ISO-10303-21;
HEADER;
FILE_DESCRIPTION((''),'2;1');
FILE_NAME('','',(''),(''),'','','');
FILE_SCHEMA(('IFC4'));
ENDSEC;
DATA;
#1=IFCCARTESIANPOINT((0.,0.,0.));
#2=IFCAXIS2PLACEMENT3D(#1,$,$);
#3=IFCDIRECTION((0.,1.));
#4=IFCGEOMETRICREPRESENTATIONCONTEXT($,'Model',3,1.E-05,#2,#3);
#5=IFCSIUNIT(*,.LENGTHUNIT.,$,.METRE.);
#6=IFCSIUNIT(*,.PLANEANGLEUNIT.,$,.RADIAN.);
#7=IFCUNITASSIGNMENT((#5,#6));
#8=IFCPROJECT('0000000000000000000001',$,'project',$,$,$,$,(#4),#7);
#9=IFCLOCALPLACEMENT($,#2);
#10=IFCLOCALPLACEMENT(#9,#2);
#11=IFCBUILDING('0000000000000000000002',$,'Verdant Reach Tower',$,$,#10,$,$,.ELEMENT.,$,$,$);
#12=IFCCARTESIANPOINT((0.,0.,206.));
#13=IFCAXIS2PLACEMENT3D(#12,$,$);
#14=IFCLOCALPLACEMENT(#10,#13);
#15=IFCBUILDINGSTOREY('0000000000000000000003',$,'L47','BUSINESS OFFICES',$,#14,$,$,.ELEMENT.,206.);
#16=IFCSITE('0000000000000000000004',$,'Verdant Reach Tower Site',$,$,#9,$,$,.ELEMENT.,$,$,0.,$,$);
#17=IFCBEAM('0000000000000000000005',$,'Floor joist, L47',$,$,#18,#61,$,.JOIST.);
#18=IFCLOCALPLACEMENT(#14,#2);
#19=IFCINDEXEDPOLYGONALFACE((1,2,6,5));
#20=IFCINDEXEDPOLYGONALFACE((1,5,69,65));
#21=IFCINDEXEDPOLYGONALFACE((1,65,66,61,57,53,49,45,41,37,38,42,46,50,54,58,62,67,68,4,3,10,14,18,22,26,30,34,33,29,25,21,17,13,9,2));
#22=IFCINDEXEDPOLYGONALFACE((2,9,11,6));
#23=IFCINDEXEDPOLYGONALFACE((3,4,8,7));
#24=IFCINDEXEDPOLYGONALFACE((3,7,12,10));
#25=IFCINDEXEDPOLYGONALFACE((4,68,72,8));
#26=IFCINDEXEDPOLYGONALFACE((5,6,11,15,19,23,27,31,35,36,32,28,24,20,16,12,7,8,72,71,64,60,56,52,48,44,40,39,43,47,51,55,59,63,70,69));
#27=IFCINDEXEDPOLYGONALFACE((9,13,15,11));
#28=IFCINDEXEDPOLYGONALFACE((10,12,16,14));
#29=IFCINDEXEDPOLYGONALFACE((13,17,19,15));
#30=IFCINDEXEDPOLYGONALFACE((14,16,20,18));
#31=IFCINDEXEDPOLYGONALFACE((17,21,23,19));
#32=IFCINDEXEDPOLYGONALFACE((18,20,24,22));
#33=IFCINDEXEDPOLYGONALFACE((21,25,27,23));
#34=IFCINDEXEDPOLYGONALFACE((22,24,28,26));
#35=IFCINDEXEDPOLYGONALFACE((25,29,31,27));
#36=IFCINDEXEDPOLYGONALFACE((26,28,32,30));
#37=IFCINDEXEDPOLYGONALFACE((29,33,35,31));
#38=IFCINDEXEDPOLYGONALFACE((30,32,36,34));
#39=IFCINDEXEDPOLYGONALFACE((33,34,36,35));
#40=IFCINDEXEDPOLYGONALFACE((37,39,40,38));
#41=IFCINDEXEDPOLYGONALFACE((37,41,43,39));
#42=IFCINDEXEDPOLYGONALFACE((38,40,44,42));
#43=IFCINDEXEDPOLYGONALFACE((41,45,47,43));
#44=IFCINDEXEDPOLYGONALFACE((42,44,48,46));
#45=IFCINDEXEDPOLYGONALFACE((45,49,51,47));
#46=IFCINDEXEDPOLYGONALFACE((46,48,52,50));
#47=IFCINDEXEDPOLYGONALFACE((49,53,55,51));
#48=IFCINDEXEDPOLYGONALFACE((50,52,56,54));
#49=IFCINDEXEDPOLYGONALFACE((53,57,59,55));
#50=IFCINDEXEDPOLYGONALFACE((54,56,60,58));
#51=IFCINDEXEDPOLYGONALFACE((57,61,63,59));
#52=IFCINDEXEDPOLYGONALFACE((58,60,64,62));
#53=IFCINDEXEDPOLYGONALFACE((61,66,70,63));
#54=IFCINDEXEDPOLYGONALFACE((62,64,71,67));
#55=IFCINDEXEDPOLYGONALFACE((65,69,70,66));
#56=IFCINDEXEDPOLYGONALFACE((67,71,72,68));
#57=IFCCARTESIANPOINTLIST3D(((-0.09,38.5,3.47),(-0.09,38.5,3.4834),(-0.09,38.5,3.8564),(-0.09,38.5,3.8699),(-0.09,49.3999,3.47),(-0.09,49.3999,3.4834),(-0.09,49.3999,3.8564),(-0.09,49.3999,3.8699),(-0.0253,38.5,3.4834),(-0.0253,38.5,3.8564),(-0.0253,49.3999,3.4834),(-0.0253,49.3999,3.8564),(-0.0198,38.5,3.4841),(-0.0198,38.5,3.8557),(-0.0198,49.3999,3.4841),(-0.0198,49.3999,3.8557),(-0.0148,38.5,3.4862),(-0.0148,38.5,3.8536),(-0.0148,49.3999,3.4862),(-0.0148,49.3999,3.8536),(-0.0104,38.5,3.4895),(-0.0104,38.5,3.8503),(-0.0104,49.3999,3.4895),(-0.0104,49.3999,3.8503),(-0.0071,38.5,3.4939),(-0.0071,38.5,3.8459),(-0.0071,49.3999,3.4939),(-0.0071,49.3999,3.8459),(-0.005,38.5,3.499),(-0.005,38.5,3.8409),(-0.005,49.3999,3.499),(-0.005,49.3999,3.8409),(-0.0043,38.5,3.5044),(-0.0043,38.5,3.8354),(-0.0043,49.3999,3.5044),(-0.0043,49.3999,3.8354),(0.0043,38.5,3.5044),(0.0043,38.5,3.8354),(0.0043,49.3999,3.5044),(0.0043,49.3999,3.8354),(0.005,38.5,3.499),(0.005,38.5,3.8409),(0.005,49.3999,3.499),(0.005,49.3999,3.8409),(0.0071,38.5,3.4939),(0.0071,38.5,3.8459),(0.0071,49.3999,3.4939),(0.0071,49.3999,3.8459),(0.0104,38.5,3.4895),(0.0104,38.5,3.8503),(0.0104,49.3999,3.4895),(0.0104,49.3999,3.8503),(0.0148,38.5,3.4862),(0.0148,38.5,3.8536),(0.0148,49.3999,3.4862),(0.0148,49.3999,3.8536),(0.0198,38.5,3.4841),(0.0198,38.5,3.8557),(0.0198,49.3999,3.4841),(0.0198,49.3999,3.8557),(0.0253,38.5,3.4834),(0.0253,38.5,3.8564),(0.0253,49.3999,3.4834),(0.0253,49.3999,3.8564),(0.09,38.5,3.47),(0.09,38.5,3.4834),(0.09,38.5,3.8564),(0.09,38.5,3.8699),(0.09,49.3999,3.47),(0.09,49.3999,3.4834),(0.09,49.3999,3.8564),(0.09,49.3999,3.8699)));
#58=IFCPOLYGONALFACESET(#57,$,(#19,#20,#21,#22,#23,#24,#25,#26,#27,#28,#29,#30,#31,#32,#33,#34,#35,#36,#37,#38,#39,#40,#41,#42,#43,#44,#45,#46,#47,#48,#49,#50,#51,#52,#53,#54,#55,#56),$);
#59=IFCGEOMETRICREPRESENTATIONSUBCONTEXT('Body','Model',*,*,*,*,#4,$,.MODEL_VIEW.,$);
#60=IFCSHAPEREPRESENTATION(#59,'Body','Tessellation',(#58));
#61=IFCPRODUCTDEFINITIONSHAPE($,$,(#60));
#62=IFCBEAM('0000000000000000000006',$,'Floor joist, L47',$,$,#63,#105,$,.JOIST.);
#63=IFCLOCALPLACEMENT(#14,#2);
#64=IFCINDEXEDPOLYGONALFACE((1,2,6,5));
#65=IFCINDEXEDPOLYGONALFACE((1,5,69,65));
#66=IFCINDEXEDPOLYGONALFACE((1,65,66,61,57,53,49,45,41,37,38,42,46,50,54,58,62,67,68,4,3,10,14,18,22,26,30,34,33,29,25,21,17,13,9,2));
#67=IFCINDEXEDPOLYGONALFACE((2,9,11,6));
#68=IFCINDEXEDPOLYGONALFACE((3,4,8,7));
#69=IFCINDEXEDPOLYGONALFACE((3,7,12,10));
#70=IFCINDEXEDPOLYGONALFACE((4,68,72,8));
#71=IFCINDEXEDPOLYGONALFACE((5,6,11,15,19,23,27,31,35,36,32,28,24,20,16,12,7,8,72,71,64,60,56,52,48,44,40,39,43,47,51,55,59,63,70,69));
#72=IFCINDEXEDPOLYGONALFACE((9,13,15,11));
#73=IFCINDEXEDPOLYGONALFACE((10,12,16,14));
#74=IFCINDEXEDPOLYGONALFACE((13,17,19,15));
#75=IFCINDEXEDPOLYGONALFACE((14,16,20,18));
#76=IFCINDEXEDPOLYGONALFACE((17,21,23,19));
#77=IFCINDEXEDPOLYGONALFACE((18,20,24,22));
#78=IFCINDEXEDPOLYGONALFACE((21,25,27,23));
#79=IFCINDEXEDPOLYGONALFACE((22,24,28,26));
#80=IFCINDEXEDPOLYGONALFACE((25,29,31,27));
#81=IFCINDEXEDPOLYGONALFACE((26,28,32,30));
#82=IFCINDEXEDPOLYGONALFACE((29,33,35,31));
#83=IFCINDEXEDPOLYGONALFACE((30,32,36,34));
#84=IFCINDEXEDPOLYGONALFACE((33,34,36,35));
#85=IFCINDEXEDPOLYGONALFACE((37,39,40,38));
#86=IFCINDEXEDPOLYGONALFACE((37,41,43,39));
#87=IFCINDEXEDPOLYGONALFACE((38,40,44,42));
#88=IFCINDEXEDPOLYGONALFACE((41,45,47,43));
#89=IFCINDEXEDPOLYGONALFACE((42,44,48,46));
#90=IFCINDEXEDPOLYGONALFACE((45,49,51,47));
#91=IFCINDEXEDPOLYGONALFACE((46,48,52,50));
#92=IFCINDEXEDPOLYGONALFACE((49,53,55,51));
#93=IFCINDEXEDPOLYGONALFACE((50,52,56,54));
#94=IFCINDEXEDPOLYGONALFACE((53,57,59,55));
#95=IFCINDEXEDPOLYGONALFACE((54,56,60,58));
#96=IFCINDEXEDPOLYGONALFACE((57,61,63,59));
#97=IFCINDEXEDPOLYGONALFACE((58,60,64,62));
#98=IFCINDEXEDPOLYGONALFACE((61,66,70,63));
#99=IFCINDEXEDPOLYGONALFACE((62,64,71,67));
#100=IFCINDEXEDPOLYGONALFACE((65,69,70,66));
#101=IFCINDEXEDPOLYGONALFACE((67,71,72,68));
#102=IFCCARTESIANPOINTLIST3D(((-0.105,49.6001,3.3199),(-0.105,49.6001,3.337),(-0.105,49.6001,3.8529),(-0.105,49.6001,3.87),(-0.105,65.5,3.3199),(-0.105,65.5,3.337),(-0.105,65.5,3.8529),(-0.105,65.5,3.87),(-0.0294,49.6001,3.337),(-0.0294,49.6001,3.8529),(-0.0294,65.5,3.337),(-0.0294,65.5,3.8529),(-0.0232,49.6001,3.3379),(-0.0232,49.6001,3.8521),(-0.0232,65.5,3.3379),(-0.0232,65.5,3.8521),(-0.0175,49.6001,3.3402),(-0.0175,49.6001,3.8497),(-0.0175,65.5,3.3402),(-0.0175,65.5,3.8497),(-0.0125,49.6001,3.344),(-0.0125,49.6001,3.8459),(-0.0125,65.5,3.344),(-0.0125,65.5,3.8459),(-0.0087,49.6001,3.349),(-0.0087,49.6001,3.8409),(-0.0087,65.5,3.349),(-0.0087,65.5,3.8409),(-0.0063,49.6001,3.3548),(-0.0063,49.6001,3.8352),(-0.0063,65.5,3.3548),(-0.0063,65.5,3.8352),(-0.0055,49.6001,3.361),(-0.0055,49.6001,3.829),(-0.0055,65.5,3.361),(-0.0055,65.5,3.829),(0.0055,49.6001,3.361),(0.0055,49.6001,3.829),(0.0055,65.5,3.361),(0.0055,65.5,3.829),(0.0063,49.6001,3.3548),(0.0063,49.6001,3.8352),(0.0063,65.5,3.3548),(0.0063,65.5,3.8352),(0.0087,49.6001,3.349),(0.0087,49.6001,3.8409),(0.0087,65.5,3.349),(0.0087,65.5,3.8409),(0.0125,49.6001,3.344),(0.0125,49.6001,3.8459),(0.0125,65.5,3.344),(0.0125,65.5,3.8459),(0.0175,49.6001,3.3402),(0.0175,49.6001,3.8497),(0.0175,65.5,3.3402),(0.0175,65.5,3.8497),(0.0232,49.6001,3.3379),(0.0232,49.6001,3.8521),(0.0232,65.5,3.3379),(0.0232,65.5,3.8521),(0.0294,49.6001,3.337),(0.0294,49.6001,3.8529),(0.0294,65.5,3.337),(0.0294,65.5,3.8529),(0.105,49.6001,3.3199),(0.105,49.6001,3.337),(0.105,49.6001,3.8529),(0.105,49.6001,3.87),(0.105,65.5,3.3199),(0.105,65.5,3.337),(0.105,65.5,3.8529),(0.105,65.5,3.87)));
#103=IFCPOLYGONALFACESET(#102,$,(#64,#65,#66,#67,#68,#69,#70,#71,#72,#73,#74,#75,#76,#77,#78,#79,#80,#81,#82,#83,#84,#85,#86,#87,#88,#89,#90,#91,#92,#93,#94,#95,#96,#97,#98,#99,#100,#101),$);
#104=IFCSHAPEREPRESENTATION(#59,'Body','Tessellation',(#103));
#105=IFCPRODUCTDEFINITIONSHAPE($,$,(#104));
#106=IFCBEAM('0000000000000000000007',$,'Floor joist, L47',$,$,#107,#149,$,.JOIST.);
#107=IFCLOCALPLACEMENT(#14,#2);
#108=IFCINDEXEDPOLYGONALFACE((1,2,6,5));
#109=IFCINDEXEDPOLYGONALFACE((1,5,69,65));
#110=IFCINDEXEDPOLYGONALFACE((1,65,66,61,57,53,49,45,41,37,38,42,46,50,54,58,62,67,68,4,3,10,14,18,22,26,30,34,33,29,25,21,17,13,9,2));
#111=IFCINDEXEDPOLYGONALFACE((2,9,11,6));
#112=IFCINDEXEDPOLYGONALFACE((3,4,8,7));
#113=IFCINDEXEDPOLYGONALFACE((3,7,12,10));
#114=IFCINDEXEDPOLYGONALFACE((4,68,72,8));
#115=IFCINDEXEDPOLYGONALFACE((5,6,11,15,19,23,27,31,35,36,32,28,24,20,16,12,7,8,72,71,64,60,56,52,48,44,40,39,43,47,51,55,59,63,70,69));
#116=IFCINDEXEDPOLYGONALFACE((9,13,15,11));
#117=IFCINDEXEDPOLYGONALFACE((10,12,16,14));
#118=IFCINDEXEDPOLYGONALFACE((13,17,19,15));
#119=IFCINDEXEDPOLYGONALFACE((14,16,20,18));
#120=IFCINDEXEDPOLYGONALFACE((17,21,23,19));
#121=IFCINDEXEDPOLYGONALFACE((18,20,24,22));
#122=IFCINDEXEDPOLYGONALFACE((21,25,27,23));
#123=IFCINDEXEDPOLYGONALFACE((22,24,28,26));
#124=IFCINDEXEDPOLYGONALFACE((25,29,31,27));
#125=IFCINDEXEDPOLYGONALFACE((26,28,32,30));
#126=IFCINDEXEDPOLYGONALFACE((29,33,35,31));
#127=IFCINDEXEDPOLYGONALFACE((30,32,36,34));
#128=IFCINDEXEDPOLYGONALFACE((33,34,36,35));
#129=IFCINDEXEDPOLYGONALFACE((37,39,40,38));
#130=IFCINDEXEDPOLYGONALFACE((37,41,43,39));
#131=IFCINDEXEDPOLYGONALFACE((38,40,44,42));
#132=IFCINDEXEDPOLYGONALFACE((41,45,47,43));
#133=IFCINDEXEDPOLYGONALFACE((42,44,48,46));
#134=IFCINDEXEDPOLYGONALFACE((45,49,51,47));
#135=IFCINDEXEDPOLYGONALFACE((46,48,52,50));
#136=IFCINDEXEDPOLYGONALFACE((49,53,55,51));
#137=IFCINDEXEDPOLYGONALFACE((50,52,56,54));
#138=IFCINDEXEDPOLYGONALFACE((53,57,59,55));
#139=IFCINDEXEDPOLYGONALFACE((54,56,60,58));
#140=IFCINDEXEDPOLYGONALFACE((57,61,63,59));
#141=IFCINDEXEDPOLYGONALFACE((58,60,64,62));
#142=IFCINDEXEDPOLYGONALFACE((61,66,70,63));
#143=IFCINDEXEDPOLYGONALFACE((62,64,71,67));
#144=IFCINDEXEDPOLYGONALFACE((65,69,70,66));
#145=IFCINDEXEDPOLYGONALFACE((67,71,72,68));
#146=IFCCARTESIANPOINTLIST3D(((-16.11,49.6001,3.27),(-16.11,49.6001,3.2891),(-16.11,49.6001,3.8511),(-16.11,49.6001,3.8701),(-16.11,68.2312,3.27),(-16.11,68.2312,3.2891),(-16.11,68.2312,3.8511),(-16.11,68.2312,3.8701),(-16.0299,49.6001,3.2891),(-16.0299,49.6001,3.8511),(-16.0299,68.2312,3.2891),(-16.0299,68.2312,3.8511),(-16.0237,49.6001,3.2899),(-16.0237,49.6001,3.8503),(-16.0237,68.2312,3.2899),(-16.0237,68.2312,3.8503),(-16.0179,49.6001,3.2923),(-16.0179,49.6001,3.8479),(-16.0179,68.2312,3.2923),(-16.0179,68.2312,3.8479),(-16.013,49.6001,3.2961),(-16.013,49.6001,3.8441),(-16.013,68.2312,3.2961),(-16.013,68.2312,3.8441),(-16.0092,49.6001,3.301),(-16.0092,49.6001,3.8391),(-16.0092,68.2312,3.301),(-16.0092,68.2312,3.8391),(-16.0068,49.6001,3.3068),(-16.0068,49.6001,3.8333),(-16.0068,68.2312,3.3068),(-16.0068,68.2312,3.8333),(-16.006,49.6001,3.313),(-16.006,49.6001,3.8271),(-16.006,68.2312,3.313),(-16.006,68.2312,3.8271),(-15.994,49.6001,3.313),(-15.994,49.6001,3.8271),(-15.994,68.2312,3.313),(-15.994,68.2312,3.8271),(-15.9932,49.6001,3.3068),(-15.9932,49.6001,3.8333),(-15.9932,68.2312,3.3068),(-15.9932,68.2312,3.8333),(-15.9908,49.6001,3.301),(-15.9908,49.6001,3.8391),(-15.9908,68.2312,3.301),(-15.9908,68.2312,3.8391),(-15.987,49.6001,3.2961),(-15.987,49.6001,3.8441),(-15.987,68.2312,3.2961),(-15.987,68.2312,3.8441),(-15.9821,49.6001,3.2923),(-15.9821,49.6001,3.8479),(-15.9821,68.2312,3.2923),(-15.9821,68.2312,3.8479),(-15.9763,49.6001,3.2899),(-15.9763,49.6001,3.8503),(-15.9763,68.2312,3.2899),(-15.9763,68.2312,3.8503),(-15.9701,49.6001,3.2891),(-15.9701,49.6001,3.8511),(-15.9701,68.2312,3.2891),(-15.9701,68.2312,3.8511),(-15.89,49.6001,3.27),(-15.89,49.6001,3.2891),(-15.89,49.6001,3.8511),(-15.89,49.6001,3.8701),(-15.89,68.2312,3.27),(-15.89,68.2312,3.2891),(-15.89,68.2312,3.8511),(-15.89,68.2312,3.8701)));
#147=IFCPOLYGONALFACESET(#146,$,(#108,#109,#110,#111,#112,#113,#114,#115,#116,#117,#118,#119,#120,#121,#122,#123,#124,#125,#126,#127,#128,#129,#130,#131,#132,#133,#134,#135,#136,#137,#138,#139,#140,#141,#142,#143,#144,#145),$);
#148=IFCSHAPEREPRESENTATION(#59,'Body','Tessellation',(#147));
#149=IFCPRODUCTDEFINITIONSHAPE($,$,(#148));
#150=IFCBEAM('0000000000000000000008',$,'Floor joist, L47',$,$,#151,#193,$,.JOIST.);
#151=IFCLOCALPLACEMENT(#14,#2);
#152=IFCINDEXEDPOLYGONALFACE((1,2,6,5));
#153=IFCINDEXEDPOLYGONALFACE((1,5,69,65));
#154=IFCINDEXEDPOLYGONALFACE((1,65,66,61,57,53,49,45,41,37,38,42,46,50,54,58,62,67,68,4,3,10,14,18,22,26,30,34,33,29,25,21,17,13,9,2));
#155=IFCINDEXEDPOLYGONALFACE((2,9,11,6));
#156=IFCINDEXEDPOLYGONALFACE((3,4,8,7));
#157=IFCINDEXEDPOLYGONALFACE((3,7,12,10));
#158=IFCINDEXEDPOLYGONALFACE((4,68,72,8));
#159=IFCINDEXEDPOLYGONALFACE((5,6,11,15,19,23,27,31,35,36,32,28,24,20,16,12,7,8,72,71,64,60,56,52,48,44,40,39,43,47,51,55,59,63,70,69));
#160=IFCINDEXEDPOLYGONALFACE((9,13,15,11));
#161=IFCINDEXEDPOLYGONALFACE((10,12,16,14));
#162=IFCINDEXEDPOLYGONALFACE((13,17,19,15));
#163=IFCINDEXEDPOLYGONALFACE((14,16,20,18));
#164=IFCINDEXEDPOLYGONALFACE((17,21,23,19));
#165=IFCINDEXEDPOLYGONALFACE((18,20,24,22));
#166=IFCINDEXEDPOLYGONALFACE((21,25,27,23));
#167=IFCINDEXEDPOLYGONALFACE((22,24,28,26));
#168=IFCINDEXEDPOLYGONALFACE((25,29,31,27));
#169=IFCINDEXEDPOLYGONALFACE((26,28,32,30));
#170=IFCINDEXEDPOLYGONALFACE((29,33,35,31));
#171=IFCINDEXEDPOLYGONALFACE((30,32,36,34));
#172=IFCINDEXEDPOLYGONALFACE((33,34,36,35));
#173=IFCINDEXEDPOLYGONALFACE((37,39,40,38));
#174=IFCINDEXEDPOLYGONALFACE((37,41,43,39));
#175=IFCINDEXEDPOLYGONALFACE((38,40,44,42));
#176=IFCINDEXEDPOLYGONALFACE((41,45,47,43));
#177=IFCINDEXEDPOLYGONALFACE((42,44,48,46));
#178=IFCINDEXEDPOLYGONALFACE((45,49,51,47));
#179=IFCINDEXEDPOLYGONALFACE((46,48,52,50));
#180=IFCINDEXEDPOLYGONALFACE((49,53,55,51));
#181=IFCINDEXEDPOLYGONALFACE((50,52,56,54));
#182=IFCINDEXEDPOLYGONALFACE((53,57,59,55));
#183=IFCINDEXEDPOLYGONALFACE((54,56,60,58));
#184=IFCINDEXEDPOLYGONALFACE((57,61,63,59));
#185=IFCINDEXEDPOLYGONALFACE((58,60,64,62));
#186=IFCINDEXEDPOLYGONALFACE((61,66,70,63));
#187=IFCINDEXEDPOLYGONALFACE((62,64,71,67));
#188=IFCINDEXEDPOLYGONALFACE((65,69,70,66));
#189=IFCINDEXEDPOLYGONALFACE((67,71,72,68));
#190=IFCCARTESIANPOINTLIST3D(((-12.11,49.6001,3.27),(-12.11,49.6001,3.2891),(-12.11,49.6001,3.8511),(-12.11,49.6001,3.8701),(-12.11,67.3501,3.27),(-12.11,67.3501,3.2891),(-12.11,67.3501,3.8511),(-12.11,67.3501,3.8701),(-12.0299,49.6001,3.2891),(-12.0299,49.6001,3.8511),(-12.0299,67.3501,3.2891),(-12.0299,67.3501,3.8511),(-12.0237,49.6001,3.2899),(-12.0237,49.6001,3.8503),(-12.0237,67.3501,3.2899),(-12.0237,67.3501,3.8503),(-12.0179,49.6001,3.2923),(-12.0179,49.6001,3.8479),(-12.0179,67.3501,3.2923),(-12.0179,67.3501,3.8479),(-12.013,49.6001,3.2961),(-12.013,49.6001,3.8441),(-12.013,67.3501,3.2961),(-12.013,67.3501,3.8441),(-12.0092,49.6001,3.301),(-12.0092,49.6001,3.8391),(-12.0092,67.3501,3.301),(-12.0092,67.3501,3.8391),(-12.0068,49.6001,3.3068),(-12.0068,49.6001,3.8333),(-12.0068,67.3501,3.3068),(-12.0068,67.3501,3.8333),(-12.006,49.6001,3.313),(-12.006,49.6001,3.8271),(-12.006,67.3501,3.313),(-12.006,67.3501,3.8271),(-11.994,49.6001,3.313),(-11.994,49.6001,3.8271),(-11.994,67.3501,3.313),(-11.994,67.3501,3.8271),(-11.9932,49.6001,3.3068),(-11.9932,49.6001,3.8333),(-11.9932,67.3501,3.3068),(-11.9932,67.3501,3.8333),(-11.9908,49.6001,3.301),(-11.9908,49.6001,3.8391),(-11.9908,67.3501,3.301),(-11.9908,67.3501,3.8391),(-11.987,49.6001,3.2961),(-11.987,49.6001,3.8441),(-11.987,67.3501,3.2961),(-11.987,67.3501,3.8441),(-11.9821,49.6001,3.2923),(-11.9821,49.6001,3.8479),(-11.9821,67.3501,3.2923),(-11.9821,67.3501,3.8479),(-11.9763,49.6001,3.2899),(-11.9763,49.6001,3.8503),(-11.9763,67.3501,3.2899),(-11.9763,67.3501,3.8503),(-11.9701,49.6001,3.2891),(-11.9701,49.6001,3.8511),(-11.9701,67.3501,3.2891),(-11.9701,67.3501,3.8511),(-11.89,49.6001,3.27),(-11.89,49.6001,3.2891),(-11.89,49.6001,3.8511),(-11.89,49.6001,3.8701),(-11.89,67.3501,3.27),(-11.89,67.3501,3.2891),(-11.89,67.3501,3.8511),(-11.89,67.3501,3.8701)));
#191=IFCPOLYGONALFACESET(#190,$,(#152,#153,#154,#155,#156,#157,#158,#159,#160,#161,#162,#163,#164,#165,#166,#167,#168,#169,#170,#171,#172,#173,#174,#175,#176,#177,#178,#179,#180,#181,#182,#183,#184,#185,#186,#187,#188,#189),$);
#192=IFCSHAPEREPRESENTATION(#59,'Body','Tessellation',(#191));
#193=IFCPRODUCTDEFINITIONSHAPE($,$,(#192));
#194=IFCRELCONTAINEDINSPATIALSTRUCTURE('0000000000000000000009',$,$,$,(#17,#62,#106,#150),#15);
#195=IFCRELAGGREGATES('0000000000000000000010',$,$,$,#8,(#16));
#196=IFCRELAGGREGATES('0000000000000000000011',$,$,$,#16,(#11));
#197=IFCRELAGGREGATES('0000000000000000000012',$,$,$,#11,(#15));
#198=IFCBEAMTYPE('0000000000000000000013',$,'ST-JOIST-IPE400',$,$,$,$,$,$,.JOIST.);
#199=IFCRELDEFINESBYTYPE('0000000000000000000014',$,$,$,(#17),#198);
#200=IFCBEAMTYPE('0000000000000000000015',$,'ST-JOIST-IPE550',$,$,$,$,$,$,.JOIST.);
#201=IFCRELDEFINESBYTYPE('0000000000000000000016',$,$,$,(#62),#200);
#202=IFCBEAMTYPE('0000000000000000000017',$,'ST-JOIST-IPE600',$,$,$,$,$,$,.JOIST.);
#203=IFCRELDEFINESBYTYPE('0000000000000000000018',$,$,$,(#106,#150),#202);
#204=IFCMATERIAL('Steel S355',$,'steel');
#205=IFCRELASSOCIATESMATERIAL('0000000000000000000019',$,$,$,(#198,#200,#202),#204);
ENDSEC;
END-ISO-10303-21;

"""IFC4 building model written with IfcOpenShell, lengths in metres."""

from ifc_helpers import new_model, si_unit, direction, frame, origin, origin_2d, place, context, subcontext, project, spatial, i_section, extrude, material, material_profile, profile_set, type_object, element, save


model = new_model("IFC4")

# Units and contexts
model_context = context("Model", 3, precision=1e-05, world=origin(), true_north=direction((0.0, 1.0)))
body_context = subcontext(model_context, "Body", "Model", "MODEL_VIEW")
ifc_project = project(units=[si_unit("LENGTHUNIT", "METRE"), si_unit("PLANEANGLEUNIT", "RADIAN")], contexts=[model_context])

# Site, building, storey
site_placement = place(None, origin())
site = spatial("IfcSite", under=ifc_project, at=site_placement, Name="Verdant Reach Tower Site", CompositionType="ELEMENT", RefElevation=0.0)
building_placement = place(site_placement, origin())
building = spatial("IfcBuilding", under=site, at=building_placement, Name="Verdant Reach Tower", CompositionType="ELEMENT")
storey_placement = place(building_placement, frame((0.0, 0.0, 206.0)))
storey = spatial("IfcBuildingStorey", under=building, at=storey_placement, Name="L47", Description="BUSINESS OFFICES", CompositionType="ELEMENT", Elevation=206.0)

# Beams
ifc_material_1 = material(Name="Steel S355", Category="steel")
ifc_material_profile_1 = material_profile(ifc_material_1, i_section(OverallWidth=0.1799, OverallDepth=0.3999, WebThickness=0.0085, FlangeThickness=0.0134, FilletRadius=0.021, at=origin_2d()), Name="IPE 400")
ifc_profile_set_1 = profile_set([ifc_material_profile_1], Name="Steel S355")
beam_type_1 = type_object("IfcBeamType", Name="ST-JOIST-IPE400", PredefinedType="JOIST", material=ifc_profile_set_1)
for number, where, z_axis, x_axis, name in (
    (1, (0.0, 38.5, 3.6699), (0.0, 1.0, 0.0), (-1.0, 0.0, 0.0), "Floor joist, L47"),
):
    element("IfcBeam", number, at=place(storey_placement, frame(where, z_axis=z_axis, x_axis=x_axis)), inside=storey, type_object=beam_type_1, Name=name, PredefinedType="JOIST", context=body_context, shape_type="SweptSolid", body=[
        extrude(i_section(OverallWidth=0.1799, OverallDepth=0.3999, WebThickness=0.0085, FlangeThickness=0.0134, FilletRadius=0.021, at=origin_2d()), origin(), (0.0, 0.0, 1.0), 10.8999),
    ])
ifc_material_profile_2 = material_profile(ifc_material_1, i_section(OverallWidth=0.21, OverallDepth=0.55, WebThickness=0.011, FlangeThickness=0.0171, FilletRadius=0.0239, at=origin_2d()), Name="IPE 550")
ifc_profile_set_2 = profile_set([ifc_material_profile_2], Name="Steel S355")
beam_type_2 = type_object("IfcBeamType", Name="ST-JOIST-IPE550", PredefinedType="JOIST", material=ifc_profile_set_2)
beam_1_placement = place(storey_placement, frame((0.0, 49.6001, 3.595), z_axis=(0.0, 1.0, 0.0), x_axis=(-1.0, 0.0, 0.0)))
element("IfcBeam", 2, at=beam_1_placement, inside=storey, type_object=beam_type_2, Name="Floor joist, L47", PredefinedType="JOIST", context=body_context, shape_type="SweptSolid", body=[
    extrude(i_section(OverallWidth=0.21, OverallDepth=0.55, WebThickness=0.011, FlangeThickness=0.0171, FilletRadius=0.0239, at=origin_2d()), origin(), (0.0, 0.0, 1.0), 15.8999),
])
ifc_material_profile_3 = material_profile(ifc_material_1, i_section(OverallWidth=0.22, OverallDepth=0.6001, WebThickness=0.012, FlangeThickness=0.019, FilletRadius=0.0239, at=origin_2d()), Name="IPE 600")
ifc_profile_set_3 = profile_set([ifc_material_profile_3], Name="Steel S355")
beam_type_3 = type_object("IfcBeamType", Name="ST-JOIST-IPE600", PredefinedType="JOIST", material=ifc_profile_set_3)
beam_2_placement = place(storey_placement, frame((-16.0, 49.6001, 3.5701), z_axis=(0.0, 1.0, 0.0), x_axis=(-1.0, 0.0, 0.0)))
element("IfcBeam", 3, at=beam_2_placement, inside=storey, type_object=beam_type_3, Name="Floor joist, L47", PredefinedType="JOIST", context=body_context, shape_type="SweptSolid", body=[
    extrude(i_section(OverallWidth=0.22, OverallDepth=0.6001, WebThickness=0.012, FlangeThickness=0.019, FilletRadius=0.0239, at=origin_2d()), origin(), (0.0, 0.0, 1.0), 18.6311),
])
beam_3_placement = place(storey_placement, frame((-12.0, 49.6001, 3.5701), z_axis=(0.0, 1.0, 0.0), x_axis=(-1.0, 0.0, 0.0)))
element("IfcBeam", 4, at=beam_3_placement, inside=storey, type_object=beam_type_3, Name="Floor joist, L47", PredefinedType="JOIST", context=body_context, shape_type="SweptSolid", body=[
    extrude(i_section(OverallWidth=0.22, OverallDepth=0.6001, WebThickness=0.012, FlangeThickness=0.019, FilletRadius=0.0239, at=origin_2d()), origin(), (0.0, 0.0, 1.0), 17.75),
])

save(model, "model.ifc")
